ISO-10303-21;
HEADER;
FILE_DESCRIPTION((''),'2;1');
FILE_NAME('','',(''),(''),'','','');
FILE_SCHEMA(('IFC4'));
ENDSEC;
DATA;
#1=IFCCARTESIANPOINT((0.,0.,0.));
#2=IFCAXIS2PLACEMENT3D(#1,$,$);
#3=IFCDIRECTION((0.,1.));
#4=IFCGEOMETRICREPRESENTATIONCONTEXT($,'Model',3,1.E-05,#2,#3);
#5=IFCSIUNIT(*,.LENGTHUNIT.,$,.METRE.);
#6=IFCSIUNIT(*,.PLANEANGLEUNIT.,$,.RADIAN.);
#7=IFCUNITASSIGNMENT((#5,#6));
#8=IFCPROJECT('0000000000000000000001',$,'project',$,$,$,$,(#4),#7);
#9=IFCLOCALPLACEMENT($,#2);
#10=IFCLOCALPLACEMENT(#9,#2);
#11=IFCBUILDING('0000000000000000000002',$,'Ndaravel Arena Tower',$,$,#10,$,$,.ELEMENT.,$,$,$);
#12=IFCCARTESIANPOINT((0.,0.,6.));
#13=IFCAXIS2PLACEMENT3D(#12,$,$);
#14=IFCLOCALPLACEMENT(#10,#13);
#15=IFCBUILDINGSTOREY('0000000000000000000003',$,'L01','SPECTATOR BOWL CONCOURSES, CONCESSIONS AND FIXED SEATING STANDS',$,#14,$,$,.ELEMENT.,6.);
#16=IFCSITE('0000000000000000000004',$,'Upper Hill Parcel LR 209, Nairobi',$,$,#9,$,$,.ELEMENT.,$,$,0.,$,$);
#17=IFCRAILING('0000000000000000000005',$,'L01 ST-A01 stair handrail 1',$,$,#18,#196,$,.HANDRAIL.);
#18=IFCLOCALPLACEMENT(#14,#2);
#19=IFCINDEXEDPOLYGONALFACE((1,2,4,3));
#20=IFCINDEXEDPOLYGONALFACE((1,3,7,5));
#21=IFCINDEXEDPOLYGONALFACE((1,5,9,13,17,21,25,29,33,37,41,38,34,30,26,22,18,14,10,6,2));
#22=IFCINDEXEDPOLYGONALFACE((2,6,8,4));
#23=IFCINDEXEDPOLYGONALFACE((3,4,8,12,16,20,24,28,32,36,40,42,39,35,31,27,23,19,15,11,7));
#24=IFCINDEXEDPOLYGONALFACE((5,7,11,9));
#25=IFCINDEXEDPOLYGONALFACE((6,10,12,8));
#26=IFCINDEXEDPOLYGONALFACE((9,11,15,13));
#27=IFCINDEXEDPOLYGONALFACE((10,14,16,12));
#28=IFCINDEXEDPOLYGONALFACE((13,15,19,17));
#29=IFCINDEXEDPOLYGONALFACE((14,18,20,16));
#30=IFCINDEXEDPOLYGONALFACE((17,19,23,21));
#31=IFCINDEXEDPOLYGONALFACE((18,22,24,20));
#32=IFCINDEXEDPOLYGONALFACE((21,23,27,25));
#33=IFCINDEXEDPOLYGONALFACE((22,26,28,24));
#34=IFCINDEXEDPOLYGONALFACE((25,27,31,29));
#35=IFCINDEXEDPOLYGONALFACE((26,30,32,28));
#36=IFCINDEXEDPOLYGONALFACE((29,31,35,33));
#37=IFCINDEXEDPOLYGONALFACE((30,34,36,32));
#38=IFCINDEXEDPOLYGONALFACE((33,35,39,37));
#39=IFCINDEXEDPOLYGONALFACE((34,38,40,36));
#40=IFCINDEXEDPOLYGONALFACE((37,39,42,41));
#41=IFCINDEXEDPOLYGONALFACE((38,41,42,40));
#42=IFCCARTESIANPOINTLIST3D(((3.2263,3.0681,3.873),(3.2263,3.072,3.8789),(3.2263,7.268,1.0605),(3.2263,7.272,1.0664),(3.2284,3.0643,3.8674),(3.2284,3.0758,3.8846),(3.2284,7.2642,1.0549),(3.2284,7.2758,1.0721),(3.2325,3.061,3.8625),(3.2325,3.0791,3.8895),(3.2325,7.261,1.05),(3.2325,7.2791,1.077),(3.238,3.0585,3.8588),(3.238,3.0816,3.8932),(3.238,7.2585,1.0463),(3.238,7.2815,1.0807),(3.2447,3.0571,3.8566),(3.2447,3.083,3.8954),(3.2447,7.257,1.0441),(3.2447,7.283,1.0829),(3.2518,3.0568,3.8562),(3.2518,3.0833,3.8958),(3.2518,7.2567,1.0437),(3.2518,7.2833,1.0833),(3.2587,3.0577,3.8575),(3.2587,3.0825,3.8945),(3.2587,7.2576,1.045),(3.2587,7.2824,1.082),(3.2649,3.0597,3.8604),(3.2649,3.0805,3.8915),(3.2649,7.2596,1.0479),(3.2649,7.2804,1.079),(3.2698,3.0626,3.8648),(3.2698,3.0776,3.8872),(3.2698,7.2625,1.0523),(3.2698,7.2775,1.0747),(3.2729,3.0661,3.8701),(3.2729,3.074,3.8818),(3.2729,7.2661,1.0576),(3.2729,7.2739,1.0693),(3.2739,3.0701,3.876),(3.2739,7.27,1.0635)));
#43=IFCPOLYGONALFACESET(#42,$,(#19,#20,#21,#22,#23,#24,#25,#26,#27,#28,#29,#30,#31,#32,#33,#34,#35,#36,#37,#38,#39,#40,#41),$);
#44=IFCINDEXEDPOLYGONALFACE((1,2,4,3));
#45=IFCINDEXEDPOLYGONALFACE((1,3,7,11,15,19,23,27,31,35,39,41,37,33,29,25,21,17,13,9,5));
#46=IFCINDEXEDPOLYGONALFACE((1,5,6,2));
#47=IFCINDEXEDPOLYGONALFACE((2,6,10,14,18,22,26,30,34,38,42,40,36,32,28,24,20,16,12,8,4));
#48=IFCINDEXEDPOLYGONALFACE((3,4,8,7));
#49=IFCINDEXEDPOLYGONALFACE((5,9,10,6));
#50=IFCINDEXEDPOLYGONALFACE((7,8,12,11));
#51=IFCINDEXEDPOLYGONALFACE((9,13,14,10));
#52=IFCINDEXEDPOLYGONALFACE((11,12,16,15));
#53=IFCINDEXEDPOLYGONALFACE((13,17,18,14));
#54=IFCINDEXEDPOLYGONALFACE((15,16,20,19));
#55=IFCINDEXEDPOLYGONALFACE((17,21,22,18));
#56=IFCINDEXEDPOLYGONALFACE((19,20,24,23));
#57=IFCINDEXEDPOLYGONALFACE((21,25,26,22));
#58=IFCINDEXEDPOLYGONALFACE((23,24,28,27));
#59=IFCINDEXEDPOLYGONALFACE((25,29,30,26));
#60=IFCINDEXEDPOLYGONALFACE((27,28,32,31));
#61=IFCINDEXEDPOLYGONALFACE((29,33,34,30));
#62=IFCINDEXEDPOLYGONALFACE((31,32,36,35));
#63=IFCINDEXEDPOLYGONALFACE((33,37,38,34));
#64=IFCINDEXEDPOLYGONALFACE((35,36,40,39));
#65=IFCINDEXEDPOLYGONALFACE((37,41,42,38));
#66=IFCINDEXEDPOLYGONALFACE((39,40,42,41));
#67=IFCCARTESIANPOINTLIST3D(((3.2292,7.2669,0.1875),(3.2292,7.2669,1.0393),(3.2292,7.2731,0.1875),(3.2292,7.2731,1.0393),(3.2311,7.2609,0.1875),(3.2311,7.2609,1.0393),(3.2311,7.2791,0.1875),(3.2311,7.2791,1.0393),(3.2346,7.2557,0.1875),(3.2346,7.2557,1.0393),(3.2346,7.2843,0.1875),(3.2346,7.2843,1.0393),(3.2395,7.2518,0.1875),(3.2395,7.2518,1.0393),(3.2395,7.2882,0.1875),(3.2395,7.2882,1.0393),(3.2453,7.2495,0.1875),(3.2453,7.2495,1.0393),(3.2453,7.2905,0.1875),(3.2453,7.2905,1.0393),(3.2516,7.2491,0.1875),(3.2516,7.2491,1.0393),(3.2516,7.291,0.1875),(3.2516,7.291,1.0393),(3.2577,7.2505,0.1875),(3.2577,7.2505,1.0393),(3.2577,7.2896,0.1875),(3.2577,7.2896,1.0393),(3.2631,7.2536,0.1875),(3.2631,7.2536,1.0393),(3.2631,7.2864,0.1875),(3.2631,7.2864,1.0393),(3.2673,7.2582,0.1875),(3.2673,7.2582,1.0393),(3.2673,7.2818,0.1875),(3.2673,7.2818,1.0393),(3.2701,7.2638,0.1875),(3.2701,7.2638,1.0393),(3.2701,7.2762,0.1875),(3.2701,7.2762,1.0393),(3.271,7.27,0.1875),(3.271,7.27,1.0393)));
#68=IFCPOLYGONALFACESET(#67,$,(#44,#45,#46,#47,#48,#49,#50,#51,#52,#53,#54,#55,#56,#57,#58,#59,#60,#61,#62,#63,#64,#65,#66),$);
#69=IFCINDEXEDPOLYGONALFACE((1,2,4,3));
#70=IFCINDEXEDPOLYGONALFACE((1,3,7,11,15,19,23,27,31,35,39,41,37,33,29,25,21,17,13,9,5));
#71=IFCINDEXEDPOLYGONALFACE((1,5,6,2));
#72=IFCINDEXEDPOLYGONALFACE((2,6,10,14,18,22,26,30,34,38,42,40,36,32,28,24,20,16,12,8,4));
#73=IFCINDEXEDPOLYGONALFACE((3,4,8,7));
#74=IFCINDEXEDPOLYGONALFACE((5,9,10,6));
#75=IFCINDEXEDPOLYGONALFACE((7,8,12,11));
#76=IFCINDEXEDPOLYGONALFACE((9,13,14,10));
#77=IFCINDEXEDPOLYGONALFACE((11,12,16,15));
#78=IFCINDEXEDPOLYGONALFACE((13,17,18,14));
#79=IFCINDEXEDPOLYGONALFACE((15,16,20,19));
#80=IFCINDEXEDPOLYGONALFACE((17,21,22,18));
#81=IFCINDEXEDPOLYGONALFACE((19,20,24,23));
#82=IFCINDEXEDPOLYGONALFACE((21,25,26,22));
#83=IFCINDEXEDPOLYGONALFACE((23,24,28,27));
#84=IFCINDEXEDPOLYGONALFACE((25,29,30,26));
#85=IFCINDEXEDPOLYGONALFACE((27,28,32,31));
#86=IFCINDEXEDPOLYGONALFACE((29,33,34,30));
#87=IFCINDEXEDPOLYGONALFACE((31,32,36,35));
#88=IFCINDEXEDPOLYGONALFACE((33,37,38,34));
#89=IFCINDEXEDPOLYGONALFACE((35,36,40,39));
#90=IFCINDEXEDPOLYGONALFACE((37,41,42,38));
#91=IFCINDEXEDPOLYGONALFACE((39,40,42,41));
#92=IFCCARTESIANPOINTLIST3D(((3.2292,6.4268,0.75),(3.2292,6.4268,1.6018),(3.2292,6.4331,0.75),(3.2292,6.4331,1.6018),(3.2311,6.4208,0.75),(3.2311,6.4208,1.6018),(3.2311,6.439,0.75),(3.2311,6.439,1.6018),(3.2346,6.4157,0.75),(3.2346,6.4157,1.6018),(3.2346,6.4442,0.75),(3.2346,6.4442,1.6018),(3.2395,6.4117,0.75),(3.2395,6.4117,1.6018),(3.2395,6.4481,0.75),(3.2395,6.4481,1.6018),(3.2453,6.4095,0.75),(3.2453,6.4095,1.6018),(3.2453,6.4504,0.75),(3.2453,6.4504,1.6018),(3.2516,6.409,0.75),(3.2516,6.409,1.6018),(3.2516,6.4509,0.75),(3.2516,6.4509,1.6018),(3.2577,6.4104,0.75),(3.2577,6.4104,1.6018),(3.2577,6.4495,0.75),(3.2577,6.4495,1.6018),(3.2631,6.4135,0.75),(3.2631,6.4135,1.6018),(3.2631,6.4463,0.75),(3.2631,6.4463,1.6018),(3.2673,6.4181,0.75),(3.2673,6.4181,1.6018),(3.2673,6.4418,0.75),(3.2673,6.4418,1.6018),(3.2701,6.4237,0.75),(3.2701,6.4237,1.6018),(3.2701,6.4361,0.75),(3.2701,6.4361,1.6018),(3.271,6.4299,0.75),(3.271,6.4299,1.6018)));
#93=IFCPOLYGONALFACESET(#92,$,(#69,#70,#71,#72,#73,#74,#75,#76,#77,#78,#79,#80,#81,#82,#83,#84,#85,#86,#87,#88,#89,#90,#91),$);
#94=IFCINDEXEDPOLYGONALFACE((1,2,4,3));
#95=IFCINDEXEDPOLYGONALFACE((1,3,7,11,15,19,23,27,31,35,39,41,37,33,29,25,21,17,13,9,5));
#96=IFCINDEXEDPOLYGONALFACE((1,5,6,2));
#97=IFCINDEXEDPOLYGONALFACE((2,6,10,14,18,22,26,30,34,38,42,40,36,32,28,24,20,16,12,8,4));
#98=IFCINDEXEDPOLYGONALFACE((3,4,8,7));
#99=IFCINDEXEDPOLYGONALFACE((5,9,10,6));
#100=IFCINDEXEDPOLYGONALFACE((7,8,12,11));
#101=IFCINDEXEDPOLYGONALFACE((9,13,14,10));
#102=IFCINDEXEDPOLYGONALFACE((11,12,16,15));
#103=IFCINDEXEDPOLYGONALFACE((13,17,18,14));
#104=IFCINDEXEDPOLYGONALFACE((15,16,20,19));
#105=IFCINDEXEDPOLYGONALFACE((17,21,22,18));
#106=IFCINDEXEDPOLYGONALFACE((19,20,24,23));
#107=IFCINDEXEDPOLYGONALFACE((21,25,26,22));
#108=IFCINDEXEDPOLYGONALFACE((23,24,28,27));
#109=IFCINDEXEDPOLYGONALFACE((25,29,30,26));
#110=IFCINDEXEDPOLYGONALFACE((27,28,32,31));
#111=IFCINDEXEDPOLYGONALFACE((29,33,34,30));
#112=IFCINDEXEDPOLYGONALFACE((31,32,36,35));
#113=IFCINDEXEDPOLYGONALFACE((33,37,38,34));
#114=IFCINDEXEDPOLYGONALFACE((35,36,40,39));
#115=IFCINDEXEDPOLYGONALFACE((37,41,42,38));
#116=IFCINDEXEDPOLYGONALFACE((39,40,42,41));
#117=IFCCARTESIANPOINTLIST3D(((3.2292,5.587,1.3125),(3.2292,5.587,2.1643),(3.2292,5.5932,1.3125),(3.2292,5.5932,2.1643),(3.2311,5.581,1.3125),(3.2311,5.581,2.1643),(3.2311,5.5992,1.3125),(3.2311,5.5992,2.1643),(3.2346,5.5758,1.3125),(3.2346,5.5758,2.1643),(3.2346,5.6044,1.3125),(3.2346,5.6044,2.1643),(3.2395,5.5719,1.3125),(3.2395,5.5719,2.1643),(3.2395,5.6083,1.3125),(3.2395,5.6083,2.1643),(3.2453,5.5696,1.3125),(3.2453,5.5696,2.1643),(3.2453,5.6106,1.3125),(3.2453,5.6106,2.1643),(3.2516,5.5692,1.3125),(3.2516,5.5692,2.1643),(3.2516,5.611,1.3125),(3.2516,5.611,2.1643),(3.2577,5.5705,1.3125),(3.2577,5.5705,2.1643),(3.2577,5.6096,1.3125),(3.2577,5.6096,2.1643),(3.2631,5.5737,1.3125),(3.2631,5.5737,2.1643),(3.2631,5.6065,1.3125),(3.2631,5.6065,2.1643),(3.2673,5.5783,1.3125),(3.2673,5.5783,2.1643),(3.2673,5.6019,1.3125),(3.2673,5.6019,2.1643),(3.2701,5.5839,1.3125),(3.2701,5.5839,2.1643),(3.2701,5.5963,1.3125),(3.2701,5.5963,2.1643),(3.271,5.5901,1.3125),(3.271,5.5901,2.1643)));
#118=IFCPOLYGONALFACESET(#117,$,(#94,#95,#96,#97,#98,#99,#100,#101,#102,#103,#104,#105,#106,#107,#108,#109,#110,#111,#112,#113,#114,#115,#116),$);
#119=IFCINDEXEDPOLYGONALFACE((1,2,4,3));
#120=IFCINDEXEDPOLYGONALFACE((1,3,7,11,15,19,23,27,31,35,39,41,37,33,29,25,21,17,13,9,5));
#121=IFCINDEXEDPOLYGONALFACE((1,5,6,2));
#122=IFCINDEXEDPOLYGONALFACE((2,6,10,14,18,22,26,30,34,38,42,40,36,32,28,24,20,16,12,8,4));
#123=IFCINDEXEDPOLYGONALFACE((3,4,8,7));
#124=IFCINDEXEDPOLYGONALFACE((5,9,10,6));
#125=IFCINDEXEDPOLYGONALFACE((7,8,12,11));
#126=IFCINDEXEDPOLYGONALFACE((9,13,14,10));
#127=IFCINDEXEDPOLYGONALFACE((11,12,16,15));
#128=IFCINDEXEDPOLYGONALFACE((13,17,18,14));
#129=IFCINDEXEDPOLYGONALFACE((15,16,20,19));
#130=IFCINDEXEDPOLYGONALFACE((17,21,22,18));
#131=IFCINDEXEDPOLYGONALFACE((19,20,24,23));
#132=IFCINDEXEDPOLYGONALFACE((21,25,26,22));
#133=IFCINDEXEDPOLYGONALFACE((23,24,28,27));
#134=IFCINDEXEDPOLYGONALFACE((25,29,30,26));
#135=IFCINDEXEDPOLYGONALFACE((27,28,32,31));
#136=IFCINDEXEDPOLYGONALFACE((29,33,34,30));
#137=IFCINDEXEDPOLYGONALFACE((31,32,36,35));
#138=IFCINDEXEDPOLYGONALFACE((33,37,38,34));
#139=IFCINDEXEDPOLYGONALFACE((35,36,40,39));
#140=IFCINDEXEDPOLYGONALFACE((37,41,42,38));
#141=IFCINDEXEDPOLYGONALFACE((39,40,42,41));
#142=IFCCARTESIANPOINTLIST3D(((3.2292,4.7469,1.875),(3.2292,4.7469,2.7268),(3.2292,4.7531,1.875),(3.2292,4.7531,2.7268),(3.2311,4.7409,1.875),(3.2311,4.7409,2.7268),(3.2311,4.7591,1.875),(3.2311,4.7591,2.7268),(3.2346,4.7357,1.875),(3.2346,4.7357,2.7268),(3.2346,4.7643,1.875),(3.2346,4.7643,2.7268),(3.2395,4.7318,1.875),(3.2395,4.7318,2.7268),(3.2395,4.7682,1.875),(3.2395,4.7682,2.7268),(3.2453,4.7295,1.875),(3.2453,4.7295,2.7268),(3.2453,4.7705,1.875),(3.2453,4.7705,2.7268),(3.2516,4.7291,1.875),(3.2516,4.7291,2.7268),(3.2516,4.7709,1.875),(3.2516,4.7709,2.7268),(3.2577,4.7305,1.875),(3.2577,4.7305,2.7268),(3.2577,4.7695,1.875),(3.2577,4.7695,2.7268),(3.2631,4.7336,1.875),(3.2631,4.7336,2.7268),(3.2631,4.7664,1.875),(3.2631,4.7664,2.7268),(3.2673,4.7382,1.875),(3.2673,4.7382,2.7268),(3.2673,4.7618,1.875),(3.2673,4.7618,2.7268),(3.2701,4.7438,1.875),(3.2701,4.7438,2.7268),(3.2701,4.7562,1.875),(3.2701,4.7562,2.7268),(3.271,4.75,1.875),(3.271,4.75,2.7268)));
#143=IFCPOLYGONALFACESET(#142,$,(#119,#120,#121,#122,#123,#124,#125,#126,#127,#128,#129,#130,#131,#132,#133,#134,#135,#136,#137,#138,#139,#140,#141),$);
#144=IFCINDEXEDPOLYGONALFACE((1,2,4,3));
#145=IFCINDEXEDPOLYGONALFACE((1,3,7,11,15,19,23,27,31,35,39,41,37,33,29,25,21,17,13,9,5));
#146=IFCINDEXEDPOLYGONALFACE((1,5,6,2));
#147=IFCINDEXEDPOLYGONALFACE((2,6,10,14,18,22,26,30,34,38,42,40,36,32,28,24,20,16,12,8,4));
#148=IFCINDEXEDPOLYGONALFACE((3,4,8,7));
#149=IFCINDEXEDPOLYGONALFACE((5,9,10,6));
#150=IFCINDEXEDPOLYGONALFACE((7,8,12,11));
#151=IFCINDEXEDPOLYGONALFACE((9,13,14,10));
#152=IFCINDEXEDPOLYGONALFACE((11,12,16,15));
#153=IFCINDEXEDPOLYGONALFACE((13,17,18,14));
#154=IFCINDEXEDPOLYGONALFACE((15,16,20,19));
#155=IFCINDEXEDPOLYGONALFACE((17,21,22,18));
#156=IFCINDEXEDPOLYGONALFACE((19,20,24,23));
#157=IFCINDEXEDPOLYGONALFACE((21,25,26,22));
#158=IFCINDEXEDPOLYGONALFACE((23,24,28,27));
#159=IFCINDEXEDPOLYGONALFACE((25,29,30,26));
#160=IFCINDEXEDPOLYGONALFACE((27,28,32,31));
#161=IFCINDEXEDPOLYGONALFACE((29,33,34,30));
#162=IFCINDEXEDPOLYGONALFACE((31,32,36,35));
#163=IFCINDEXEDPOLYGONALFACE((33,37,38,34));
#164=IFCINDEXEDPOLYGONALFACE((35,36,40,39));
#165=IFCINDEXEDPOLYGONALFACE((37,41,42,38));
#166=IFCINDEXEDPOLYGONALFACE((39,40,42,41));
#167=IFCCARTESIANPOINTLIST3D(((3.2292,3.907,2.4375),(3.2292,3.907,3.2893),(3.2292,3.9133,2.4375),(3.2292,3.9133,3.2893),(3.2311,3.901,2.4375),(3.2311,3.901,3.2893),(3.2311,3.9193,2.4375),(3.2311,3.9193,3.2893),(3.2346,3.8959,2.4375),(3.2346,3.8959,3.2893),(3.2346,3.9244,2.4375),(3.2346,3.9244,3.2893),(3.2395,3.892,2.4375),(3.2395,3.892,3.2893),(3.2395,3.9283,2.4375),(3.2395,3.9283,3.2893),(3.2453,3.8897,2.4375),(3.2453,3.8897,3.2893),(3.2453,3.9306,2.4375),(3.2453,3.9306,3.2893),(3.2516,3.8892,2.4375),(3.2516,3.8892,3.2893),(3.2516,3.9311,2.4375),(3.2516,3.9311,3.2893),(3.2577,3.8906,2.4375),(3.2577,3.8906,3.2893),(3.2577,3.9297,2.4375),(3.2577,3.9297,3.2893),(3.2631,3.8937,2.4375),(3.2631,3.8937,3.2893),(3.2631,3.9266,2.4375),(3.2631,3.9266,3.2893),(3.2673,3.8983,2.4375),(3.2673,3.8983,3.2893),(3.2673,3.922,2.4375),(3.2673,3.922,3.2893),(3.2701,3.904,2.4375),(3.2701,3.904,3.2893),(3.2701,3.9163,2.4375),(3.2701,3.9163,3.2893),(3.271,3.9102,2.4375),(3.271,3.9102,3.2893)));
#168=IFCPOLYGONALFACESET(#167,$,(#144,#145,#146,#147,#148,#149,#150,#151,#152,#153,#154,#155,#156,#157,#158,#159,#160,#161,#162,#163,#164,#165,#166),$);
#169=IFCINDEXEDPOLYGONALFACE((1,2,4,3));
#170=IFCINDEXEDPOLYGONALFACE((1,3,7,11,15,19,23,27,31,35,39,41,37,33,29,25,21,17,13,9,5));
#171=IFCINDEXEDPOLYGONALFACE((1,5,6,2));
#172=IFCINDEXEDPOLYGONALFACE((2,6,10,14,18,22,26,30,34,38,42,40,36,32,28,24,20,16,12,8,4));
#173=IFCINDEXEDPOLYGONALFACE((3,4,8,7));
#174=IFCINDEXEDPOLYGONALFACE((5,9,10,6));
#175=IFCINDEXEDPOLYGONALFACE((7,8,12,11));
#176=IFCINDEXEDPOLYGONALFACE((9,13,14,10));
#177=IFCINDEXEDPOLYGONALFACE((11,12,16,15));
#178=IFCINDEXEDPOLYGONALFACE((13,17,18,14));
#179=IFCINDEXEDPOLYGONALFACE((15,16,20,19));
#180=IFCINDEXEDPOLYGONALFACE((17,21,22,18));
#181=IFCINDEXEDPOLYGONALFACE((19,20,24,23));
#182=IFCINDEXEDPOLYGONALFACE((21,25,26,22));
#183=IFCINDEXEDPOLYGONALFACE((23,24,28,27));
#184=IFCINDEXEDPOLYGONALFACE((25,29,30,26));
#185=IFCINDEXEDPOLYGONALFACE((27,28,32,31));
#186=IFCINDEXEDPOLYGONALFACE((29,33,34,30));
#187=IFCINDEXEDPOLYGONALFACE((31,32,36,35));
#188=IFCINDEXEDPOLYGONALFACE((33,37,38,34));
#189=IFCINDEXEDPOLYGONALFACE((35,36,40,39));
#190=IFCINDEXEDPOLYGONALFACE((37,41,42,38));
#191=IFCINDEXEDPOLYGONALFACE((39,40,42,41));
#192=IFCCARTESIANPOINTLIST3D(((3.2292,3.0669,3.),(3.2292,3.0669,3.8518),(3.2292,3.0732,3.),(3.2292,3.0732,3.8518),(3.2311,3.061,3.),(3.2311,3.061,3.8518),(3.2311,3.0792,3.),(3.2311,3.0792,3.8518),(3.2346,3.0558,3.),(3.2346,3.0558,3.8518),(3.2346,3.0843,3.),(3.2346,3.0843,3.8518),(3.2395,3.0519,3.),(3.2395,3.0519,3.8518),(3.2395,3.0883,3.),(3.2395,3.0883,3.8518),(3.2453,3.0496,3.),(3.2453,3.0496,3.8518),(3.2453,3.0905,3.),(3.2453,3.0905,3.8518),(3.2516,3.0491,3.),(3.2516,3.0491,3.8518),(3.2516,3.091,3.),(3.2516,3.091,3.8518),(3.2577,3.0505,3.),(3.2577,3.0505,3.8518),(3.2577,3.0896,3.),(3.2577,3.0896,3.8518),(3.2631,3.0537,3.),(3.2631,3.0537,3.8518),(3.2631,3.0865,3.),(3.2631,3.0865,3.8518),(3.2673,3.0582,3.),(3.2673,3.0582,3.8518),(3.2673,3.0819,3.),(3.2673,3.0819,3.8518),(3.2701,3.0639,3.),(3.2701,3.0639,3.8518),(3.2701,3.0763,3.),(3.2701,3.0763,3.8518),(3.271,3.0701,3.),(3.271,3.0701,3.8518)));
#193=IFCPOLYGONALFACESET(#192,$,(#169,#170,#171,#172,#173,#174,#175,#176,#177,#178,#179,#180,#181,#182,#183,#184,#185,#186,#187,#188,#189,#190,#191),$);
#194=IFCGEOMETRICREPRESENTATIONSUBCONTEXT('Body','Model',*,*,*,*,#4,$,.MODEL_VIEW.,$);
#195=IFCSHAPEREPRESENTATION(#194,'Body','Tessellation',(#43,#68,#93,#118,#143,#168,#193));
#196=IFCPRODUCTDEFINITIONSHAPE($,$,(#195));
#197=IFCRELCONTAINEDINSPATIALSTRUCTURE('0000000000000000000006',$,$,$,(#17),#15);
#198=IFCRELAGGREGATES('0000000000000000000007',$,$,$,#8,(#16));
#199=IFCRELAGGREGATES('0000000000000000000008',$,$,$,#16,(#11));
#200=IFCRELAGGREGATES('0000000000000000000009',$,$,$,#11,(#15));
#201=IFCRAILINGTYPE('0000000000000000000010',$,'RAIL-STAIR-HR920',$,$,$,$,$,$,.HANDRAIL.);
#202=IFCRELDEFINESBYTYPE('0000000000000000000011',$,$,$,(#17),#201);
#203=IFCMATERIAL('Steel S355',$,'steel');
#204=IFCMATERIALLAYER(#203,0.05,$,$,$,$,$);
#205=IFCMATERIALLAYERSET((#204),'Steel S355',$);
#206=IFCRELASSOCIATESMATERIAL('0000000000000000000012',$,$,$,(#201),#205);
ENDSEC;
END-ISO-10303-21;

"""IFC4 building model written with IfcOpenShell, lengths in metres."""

from ifc_helpers import new_model, si_unit, direction, frame, origin, origin_2d, place, context, subcontext, project, spatial, circle, extrude, material, layer, layer_set, type_object, element, save


model = new_model("IFC4")

# Units and contexts
model_context = context("Model", 3, precision=1e-05, world=origin(), true_north=direction((0.0, 1.0)))
body_context = subcontext(model_context, "Body", "Model", "MODEL_VIEW")
ifc_project = project(units=[si_unit("LENGTHUNIT", "METRE"), si_unit("PLANEANGLEUNIT", "RADIAN")], contexts=[model_context])

# Site, building, storey
site_placement = place(None, origin())
site = spatial("IfcSite", under=ifc_project, at=site_placement, Name="Upper Hill Parcel LR 209, Nairobi", CompositionType="ELEMENT", RefElevation=0.0)
building_placement = place(site_placement, origin())
building = spatial("IfcBuilding", under=site, at=building_placement, Name="Ndaravel Arena Tower", CompositionType="ELEMENT")
storey_placement = place(building_placement, frame((0.0, 0.0, 6.0)))
storey = spatial("IfcBuildingStorey", under=building, at=storey_placement, Name="L01", Description="SPECTATOR BOWL CONCOURSES, CONCESSIONS AND FIXED SEATING STANDS", CompositionType="ELEMENT", Elevation=6.0)

# Railing
ifc_material_1 = material(Name="Steel S355", Category="steel")
ifc_layer_1 = layer(ifc_material_1, 0.05)
ifc_layer_set_1 = layer_set([ifc_layer_1], Name="Steel S355")
railing_type_1 = type_object("IfcRailingType", Name="RAIL-STAIR-HR920", PredefinedType="HANDRAIL", material=ifc_layer_set_1)
railing_1_placement = place(storey_placement, frame((3.25, 7.27, 0.1875)))
element("IfcRailing", 1, at=railing_1_placement, inside=storey, type_object=railing_type_1, Name="L01 ST-A01 stair handrail 1", PredefinedType="HANDRAIL", context=body_context, shape_type="SweptSolid", body=[
    extrude(circle(Radius=0.0239, at=origin_2d()), frame((0.0, 0.0, 0.876), z_axis=(0.0, -0.830904, 0.556416), x_axis=(1.0, 0.0, 0.0)), (0.0, 0.0, 1.0), 5.0547),
    extrude(circle(Radius=0.021, at=origin_2d()), origin(), (0.0, 0.0, 1.0), 0.8518),
    extrude(circle(Radius=0.021, at=origin_2d()), frame((0.0, -0.8401, 0.5625)), (0.0, 0.0, 1.0), 0.8518),
    extrude(circle(Radius=0.021, at=origin_2d()), frame((0.0, -1.6799, 1.125)), (0.0, 0.0, 1.0), 0.8518),
    extrude(circle(Radius=0.021, at=origin_2d()), frame((0.0, -2.52, 1.6875)), (0.0, 0.0, 1.0), 0.8518),
    extrude(circle(Radius=0.021, at=origin_2d()), frame((0.0, -3.3599, 2.25)), (0.0, 0.0, 1.0), 0.8518),
    extrude(circle(Radius=0.021, at=origin_2d()), frame((0.0, -4.2, 2.8125)), (0.0, 0.0, 1.0), 0.8518),
])

save(model, "model.ifc")
